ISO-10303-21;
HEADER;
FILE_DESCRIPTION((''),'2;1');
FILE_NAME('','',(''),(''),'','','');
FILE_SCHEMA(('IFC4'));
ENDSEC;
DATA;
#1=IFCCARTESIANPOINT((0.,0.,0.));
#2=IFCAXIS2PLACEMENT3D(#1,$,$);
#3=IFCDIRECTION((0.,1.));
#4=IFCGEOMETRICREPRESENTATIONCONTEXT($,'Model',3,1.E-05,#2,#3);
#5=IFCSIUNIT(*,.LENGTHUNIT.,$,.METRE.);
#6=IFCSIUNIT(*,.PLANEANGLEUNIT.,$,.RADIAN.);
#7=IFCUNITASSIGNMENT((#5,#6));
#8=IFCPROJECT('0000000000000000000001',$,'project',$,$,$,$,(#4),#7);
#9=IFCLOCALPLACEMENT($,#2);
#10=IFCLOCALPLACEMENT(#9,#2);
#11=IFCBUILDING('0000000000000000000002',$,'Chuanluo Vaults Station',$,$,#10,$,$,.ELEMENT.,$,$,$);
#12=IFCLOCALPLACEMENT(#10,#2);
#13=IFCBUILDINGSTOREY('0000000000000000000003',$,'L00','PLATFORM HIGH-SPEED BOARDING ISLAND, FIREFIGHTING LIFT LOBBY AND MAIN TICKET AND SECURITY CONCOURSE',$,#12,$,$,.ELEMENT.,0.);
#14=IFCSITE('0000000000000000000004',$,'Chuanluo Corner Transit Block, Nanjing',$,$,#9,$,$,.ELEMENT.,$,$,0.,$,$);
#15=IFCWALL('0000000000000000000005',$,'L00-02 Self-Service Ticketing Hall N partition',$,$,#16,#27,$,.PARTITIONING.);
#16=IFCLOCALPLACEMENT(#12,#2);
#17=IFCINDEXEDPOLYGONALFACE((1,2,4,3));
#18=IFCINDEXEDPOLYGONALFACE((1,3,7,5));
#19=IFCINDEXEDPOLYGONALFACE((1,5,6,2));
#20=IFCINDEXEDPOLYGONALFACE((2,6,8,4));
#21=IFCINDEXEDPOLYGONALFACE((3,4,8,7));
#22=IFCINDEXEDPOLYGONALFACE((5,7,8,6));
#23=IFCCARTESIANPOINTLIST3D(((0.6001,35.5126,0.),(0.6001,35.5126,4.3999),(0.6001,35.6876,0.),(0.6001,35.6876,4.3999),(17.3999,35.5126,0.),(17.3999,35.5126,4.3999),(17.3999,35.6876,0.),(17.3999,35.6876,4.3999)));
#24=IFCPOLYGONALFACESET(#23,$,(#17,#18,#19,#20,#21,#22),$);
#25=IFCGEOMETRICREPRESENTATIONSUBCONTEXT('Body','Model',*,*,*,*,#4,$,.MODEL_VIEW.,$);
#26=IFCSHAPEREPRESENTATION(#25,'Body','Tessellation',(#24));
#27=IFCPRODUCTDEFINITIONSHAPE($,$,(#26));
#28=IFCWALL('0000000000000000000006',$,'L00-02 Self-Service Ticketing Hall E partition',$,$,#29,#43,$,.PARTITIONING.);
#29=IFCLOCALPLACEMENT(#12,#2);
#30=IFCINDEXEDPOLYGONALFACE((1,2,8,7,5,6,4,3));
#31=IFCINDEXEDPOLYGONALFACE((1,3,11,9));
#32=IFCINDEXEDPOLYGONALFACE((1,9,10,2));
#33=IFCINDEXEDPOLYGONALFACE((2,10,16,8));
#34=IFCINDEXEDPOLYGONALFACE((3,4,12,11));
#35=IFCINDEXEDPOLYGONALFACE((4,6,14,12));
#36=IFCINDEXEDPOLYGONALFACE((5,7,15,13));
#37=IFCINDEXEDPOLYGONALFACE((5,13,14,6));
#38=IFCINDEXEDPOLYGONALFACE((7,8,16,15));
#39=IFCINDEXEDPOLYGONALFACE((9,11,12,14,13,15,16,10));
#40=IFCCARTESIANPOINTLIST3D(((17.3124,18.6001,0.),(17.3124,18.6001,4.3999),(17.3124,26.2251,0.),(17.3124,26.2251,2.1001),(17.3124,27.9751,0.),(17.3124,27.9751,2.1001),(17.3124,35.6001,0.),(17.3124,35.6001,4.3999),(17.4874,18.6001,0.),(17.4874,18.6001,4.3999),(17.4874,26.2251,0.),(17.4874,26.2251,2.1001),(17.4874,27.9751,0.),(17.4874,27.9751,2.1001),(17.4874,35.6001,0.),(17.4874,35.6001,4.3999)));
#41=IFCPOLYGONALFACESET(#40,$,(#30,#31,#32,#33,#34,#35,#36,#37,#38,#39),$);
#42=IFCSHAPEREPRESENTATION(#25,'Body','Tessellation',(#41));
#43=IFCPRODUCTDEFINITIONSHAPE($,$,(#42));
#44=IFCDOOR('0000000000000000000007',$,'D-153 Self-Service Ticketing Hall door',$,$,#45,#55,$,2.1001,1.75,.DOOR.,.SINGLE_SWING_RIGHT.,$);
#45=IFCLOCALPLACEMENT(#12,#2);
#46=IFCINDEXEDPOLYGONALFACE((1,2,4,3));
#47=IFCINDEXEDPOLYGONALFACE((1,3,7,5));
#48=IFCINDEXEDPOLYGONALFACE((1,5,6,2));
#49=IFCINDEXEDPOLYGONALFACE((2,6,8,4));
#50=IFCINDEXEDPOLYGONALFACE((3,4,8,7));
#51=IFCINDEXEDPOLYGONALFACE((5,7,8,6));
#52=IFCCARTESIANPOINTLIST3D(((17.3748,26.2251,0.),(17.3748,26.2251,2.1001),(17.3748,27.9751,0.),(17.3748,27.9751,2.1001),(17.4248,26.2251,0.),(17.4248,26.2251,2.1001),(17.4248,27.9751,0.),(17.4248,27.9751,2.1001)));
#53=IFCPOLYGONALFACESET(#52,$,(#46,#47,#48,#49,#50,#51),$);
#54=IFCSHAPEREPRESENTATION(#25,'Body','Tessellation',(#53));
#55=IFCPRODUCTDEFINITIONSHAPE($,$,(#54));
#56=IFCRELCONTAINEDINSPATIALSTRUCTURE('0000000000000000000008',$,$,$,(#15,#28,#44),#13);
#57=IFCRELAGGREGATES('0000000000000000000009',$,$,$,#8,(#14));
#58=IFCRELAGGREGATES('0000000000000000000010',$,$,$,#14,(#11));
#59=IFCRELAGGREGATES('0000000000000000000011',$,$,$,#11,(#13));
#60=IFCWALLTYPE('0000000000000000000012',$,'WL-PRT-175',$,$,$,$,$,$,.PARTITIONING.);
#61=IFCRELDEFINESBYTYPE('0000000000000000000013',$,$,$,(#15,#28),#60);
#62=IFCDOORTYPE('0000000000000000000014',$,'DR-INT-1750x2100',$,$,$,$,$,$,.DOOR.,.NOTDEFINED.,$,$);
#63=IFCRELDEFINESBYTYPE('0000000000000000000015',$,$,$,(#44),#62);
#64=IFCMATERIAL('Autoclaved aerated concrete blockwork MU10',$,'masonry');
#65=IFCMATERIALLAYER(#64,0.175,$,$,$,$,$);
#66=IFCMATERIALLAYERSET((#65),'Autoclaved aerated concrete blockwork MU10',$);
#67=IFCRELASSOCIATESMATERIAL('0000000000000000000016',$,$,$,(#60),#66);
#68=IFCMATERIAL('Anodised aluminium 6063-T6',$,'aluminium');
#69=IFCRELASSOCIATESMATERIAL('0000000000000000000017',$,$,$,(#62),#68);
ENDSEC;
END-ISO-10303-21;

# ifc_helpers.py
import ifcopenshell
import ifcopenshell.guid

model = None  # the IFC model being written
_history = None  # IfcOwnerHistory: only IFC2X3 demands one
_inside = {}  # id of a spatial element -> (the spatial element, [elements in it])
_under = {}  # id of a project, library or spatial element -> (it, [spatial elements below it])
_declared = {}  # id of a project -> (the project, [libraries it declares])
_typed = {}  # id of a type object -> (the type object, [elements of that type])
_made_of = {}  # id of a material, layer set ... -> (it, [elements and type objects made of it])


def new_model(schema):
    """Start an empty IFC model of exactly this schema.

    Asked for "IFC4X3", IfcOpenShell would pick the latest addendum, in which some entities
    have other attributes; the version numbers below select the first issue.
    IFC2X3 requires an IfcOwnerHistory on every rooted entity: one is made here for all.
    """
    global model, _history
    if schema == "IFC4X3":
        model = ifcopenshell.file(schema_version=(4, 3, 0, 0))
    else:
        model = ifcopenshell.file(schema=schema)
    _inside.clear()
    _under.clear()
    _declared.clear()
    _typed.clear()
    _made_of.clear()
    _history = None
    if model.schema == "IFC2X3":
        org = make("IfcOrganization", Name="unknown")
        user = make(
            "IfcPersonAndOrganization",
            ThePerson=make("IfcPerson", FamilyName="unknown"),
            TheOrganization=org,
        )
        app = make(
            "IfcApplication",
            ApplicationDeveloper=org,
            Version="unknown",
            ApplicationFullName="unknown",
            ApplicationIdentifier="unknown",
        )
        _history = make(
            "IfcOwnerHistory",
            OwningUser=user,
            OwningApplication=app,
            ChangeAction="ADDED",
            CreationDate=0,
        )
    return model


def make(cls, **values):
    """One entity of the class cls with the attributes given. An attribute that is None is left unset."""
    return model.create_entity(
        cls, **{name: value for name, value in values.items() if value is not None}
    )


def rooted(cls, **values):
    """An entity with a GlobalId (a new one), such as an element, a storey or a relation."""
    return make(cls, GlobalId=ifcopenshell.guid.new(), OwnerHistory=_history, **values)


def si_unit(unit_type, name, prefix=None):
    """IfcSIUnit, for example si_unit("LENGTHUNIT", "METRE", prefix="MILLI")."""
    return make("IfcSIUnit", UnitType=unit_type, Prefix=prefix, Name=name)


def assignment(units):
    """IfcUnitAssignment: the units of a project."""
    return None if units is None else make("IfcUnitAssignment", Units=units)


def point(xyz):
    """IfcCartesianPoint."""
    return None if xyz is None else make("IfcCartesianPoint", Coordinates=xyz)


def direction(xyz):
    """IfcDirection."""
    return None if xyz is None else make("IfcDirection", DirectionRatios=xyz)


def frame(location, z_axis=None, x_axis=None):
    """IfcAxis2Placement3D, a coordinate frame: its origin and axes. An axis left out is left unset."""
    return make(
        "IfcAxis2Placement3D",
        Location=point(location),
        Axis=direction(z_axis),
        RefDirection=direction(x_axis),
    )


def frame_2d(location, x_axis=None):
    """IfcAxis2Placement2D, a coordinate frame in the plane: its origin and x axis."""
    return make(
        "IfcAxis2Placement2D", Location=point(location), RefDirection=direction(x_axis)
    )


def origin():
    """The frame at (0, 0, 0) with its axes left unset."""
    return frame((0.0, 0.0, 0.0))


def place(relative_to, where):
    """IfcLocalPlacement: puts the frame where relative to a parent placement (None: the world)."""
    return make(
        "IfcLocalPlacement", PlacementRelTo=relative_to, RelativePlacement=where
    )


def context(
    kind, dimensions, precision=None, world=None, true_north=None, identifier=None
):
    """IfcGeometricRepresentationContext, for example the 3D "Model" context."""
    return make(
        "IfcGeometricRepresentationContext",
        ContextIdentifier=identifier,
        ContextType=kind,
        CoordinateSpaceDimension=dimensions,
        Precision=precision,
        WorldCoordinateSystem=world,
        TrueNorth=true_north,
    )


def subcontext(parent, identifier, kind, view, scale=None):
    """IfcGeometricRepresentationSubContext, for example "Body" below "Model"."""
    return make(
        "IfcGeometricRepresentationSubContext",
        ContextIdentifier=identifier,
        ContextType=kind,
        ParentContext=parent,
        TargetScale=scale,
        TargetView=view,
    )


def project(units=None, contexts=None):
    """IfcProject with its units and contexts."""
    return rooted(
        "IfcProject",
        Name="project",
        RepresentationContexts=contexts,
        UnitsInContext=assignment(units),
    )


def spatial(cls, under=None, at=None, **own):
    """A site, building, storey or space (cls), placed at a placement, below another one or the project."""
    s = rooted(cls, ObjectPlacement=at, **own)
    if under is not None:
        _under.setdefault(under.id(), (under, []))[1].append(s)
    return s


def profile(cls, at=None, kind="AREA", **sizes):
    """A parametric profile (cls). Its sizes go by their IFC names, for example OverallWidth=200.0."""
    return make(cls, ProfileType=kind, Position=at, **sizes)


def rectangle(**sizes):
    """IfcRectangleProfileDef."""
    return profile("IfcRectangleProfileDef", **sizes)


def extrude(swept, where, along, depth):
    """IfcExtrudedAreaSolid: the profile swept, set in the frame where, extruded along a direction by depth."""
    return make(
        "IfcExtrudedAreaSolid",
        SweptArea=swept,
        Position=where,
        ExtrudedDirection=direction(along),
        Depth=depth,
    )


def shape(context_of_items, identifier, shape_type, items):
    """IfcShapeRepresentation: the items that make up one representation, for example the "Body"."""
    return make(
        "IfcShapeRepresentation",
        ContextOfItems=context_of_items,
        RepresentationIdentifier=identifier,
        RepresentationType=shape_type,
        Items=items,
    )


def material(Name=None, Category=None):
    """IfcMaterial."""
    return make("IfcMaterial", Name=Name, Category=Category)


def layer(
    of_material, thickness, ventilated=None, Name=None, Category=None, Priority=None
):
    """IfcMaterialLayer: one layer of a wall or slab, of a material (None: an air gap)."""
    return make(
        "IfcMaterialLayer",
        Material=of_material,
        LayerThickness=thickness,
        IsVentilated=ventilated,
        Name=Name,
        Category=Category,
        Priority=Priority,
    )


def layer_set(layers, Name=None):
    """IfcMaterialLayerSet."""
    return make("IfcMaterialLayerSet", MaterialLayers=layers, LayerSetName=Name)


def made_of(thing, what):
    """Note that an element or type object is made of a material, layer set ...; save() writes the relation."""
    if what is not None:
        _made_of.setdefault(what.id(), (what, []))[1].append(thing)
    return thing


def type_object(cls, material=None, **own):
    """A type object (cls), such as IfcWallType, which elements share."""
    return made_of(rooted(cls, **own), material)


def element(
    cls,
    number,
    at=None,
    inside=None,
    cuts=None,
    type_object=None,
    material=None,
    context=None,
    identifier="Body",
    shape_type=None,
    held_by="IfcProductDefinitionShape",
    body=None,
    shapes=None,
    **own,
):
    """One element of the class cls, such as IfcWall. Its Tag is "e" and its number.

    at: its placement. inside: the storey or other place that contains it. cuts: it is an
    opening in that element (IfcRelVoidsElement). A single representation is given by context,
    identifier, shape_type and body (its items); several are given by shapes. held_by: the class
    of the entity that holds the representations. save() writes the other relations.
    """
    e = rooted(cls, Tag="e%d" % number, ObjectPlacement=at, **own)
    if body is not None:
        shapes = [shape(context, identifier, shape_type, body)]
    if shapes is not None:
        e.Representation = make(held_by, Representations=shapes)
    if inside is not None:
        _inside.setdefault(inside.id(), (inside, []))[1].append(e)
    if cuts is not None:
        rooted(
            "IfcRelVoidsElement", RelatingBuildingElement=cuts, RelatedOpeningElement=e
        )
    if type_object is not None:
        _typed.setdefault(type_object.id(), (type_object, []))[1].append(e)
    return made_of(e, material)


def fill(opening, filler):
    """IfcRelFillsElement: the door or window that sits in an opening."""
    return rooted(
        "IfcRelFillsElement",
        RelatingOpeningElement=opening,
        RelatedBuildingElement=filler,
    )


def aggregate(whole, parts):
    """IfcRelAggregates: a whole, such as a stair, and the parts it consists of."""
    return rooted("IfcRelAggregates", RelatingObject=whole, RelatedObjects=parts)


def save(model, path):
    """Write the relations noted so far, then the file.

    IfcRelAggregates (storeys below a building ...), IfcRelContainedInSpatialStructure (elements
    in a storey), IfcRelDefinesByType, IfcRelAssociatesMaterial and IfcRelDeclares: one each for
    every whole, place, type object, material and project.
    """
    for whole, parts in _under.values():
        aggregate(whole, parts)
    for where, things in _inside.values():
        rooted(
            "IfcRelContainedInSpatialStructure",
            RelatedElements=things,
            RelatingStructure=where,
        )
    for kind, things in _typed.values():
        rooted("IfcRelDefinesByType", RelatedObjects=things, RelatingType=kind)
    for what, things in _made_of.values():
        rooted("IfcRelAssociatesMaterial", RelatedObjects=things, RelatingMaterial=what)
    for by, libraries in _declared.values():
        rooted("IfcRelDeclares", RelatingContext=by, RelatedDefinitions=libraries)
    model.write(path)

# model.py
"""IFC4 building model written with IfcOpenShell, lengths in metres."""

from ifc_helpers import new_model, si_unit, direction, frame, frame_2d, origin, place, context, subcontext, project, spatial, rectangle, extrude, material, layer, layer_set, type_object, element, fill, save


model = new_model("IFC4")

# Units and contexts
model_context = context("Model", 3, precision=1e-05, world=origin(), true_north=direction((0.0, 1.0)))
body_context = subcontext(model_context, "Body", "Model", "MODEL_VIEW")
ifc_project = project(units=[si_unit("LENGTHUNIT", "METRE"), si_unit("PLANEANGLEUNIT", "RADIAN")], contexts=[model_context])

# Site, building, storey
site_placement = place(None, origin())
site = spatial("IfcSite", under=ifc_project, at=site_placement, Name="Chuanluo Corner Transit Block, Nanjing", CompositionType="ELEMENT", RefElevation=0.0)
building_placement = place(site_placement, origin())
building = spatial("IfcBuilding", under=site, at=building_placement, Name="Chuanluo Vaults Station", CompositionType="ELEMENT")
storey_placement = place(building_placement, origin())
storey = spatial("IfcBuildingStorey", under=building, at=storey_placement, Name="L00", Description="PLATFORM HIGH-SPEED BOARDING ISLAND, FIREFIGHTING LIFT LOBBY AND MAIN TICKET AND SECURITY CONCOURSE", CompositionType="ELEMENT", Elevation=0.0)

# Wall
ifc_material_1 = material(Name="Autoclaved aerated concrete blockwork MU10", Category="masonry")
ifc_layer_1 = layer(ifc_material_1, 0.175)
ifc_layer_set_1 = layer_set([ifc_layer_1], Name="Autoclaved aerated concrete blockwork MU10")
wall_type_1 = type_object("IfcWallType", Name="WL-PRT-175", PredefinedType="PARTITIONING", material=ifc_layer_set_1)
for number, where, z_axis, x_axis, name in (
    (1, (0.6001, 35.6001, 0.0), (0.0, 0.0, 1.0), (1.0, 0.0, 0.0), "L00-02 Self-Service Ticketing Hall N partition"),
):
    element("IfcWall", number, at=place(storey_placement, frame(where, z_axis=z_axis, x_axis=x_axis)), inside=storey, type_object=wall_type_1, Name=name, PredefinedType="PARTITIONING", context=body_context, shape_type="SweptSolid", body=[
        extrude(rectangle(XDim=16.7998, YDim=0.175, at=frame_2d((8.3999, 0.0))), origin(), (0.0, 0.0, 1.0), 4.3999),
    ])

# Wall, opening, door
wall_1_placement = place(storey_placement, frame((17.3999, 35.6001, 0.0), z_axis=(0.0, 0.0, 1.0), x_axis=(0.0, -1.0, 0.0)))
wall_1 = element("IfcWall", 2, at=wall_1_placement, inside=storey, type_object=wall_type_1, Name="L00-02 Self-Service Ticketing Hall E partition", PredefinedType="PARTITIONING", context=body_context, shape_type="SweptSolid", body=[
    extrude(rectangle(XDim=17.0, YDim=0.175, at=frame_2d((8.5, 0.0))), origin(), (0.0, 0.0, 1.0), 4.3999),
])
opening_1_placement = place(wall_1_placement, frame((7.625, 0.0, 0.0)))
opening_1 = element("IfcOpeningElement", 3, at=opening_1_placement, cuts=wall_1, PredefinedType="OPENING", context=body_context, shape_type="SweptSolid", body=[
    extrude(rectangle(XDim=1.75, YDim=2.1001, at=frame_2d((0.875, 1.05))), frame((0.0, 0.0974, 0.0), z_axis=(0.0, -1.0, 0.0), x_axis=(1.0, 0.0, 0.0)), (0.0, 0.0, 1.0), 0.1951),
])
ifc_material_2 = material(Name="Anodised aluminium 6063-T6", Category="aluminium")
door_type_1 = type_object("IfcDoorType", Name="DR-INT-1750x2100", OperationType="NOTDEFINED", PredefinedType="DOOR", material=ifc_material_2)
door_1_placement = place(opening_1_placement, origin())
door_1 = element("IfcDoor", 4, at=door_1_placement, inside=storey, type_object=door_type_1, Name="D-153 Self-Service Ticketing Hall door", OperationType="SINGLE_SWING_RIGHT", OverallHeight=2.1001, OverallWidth=1.75, PredefinedType="DOOR", context=body_context, shape_type="SweptSolid", body=[
    extrude(rectangle(XDim=1.75, YDim=2.1001, at=frame_2d((0.875, 1.05))), frame((0.0, 0.0249, 0.0), z_axis=(0.0, -1.0, 0.0), x_axis=(1.0, 0.0, 0.0)), (0.0, 0.0, 1.0), 0.05),
])
fill(opening_1, door_1)

save(model, "model.ifc")
